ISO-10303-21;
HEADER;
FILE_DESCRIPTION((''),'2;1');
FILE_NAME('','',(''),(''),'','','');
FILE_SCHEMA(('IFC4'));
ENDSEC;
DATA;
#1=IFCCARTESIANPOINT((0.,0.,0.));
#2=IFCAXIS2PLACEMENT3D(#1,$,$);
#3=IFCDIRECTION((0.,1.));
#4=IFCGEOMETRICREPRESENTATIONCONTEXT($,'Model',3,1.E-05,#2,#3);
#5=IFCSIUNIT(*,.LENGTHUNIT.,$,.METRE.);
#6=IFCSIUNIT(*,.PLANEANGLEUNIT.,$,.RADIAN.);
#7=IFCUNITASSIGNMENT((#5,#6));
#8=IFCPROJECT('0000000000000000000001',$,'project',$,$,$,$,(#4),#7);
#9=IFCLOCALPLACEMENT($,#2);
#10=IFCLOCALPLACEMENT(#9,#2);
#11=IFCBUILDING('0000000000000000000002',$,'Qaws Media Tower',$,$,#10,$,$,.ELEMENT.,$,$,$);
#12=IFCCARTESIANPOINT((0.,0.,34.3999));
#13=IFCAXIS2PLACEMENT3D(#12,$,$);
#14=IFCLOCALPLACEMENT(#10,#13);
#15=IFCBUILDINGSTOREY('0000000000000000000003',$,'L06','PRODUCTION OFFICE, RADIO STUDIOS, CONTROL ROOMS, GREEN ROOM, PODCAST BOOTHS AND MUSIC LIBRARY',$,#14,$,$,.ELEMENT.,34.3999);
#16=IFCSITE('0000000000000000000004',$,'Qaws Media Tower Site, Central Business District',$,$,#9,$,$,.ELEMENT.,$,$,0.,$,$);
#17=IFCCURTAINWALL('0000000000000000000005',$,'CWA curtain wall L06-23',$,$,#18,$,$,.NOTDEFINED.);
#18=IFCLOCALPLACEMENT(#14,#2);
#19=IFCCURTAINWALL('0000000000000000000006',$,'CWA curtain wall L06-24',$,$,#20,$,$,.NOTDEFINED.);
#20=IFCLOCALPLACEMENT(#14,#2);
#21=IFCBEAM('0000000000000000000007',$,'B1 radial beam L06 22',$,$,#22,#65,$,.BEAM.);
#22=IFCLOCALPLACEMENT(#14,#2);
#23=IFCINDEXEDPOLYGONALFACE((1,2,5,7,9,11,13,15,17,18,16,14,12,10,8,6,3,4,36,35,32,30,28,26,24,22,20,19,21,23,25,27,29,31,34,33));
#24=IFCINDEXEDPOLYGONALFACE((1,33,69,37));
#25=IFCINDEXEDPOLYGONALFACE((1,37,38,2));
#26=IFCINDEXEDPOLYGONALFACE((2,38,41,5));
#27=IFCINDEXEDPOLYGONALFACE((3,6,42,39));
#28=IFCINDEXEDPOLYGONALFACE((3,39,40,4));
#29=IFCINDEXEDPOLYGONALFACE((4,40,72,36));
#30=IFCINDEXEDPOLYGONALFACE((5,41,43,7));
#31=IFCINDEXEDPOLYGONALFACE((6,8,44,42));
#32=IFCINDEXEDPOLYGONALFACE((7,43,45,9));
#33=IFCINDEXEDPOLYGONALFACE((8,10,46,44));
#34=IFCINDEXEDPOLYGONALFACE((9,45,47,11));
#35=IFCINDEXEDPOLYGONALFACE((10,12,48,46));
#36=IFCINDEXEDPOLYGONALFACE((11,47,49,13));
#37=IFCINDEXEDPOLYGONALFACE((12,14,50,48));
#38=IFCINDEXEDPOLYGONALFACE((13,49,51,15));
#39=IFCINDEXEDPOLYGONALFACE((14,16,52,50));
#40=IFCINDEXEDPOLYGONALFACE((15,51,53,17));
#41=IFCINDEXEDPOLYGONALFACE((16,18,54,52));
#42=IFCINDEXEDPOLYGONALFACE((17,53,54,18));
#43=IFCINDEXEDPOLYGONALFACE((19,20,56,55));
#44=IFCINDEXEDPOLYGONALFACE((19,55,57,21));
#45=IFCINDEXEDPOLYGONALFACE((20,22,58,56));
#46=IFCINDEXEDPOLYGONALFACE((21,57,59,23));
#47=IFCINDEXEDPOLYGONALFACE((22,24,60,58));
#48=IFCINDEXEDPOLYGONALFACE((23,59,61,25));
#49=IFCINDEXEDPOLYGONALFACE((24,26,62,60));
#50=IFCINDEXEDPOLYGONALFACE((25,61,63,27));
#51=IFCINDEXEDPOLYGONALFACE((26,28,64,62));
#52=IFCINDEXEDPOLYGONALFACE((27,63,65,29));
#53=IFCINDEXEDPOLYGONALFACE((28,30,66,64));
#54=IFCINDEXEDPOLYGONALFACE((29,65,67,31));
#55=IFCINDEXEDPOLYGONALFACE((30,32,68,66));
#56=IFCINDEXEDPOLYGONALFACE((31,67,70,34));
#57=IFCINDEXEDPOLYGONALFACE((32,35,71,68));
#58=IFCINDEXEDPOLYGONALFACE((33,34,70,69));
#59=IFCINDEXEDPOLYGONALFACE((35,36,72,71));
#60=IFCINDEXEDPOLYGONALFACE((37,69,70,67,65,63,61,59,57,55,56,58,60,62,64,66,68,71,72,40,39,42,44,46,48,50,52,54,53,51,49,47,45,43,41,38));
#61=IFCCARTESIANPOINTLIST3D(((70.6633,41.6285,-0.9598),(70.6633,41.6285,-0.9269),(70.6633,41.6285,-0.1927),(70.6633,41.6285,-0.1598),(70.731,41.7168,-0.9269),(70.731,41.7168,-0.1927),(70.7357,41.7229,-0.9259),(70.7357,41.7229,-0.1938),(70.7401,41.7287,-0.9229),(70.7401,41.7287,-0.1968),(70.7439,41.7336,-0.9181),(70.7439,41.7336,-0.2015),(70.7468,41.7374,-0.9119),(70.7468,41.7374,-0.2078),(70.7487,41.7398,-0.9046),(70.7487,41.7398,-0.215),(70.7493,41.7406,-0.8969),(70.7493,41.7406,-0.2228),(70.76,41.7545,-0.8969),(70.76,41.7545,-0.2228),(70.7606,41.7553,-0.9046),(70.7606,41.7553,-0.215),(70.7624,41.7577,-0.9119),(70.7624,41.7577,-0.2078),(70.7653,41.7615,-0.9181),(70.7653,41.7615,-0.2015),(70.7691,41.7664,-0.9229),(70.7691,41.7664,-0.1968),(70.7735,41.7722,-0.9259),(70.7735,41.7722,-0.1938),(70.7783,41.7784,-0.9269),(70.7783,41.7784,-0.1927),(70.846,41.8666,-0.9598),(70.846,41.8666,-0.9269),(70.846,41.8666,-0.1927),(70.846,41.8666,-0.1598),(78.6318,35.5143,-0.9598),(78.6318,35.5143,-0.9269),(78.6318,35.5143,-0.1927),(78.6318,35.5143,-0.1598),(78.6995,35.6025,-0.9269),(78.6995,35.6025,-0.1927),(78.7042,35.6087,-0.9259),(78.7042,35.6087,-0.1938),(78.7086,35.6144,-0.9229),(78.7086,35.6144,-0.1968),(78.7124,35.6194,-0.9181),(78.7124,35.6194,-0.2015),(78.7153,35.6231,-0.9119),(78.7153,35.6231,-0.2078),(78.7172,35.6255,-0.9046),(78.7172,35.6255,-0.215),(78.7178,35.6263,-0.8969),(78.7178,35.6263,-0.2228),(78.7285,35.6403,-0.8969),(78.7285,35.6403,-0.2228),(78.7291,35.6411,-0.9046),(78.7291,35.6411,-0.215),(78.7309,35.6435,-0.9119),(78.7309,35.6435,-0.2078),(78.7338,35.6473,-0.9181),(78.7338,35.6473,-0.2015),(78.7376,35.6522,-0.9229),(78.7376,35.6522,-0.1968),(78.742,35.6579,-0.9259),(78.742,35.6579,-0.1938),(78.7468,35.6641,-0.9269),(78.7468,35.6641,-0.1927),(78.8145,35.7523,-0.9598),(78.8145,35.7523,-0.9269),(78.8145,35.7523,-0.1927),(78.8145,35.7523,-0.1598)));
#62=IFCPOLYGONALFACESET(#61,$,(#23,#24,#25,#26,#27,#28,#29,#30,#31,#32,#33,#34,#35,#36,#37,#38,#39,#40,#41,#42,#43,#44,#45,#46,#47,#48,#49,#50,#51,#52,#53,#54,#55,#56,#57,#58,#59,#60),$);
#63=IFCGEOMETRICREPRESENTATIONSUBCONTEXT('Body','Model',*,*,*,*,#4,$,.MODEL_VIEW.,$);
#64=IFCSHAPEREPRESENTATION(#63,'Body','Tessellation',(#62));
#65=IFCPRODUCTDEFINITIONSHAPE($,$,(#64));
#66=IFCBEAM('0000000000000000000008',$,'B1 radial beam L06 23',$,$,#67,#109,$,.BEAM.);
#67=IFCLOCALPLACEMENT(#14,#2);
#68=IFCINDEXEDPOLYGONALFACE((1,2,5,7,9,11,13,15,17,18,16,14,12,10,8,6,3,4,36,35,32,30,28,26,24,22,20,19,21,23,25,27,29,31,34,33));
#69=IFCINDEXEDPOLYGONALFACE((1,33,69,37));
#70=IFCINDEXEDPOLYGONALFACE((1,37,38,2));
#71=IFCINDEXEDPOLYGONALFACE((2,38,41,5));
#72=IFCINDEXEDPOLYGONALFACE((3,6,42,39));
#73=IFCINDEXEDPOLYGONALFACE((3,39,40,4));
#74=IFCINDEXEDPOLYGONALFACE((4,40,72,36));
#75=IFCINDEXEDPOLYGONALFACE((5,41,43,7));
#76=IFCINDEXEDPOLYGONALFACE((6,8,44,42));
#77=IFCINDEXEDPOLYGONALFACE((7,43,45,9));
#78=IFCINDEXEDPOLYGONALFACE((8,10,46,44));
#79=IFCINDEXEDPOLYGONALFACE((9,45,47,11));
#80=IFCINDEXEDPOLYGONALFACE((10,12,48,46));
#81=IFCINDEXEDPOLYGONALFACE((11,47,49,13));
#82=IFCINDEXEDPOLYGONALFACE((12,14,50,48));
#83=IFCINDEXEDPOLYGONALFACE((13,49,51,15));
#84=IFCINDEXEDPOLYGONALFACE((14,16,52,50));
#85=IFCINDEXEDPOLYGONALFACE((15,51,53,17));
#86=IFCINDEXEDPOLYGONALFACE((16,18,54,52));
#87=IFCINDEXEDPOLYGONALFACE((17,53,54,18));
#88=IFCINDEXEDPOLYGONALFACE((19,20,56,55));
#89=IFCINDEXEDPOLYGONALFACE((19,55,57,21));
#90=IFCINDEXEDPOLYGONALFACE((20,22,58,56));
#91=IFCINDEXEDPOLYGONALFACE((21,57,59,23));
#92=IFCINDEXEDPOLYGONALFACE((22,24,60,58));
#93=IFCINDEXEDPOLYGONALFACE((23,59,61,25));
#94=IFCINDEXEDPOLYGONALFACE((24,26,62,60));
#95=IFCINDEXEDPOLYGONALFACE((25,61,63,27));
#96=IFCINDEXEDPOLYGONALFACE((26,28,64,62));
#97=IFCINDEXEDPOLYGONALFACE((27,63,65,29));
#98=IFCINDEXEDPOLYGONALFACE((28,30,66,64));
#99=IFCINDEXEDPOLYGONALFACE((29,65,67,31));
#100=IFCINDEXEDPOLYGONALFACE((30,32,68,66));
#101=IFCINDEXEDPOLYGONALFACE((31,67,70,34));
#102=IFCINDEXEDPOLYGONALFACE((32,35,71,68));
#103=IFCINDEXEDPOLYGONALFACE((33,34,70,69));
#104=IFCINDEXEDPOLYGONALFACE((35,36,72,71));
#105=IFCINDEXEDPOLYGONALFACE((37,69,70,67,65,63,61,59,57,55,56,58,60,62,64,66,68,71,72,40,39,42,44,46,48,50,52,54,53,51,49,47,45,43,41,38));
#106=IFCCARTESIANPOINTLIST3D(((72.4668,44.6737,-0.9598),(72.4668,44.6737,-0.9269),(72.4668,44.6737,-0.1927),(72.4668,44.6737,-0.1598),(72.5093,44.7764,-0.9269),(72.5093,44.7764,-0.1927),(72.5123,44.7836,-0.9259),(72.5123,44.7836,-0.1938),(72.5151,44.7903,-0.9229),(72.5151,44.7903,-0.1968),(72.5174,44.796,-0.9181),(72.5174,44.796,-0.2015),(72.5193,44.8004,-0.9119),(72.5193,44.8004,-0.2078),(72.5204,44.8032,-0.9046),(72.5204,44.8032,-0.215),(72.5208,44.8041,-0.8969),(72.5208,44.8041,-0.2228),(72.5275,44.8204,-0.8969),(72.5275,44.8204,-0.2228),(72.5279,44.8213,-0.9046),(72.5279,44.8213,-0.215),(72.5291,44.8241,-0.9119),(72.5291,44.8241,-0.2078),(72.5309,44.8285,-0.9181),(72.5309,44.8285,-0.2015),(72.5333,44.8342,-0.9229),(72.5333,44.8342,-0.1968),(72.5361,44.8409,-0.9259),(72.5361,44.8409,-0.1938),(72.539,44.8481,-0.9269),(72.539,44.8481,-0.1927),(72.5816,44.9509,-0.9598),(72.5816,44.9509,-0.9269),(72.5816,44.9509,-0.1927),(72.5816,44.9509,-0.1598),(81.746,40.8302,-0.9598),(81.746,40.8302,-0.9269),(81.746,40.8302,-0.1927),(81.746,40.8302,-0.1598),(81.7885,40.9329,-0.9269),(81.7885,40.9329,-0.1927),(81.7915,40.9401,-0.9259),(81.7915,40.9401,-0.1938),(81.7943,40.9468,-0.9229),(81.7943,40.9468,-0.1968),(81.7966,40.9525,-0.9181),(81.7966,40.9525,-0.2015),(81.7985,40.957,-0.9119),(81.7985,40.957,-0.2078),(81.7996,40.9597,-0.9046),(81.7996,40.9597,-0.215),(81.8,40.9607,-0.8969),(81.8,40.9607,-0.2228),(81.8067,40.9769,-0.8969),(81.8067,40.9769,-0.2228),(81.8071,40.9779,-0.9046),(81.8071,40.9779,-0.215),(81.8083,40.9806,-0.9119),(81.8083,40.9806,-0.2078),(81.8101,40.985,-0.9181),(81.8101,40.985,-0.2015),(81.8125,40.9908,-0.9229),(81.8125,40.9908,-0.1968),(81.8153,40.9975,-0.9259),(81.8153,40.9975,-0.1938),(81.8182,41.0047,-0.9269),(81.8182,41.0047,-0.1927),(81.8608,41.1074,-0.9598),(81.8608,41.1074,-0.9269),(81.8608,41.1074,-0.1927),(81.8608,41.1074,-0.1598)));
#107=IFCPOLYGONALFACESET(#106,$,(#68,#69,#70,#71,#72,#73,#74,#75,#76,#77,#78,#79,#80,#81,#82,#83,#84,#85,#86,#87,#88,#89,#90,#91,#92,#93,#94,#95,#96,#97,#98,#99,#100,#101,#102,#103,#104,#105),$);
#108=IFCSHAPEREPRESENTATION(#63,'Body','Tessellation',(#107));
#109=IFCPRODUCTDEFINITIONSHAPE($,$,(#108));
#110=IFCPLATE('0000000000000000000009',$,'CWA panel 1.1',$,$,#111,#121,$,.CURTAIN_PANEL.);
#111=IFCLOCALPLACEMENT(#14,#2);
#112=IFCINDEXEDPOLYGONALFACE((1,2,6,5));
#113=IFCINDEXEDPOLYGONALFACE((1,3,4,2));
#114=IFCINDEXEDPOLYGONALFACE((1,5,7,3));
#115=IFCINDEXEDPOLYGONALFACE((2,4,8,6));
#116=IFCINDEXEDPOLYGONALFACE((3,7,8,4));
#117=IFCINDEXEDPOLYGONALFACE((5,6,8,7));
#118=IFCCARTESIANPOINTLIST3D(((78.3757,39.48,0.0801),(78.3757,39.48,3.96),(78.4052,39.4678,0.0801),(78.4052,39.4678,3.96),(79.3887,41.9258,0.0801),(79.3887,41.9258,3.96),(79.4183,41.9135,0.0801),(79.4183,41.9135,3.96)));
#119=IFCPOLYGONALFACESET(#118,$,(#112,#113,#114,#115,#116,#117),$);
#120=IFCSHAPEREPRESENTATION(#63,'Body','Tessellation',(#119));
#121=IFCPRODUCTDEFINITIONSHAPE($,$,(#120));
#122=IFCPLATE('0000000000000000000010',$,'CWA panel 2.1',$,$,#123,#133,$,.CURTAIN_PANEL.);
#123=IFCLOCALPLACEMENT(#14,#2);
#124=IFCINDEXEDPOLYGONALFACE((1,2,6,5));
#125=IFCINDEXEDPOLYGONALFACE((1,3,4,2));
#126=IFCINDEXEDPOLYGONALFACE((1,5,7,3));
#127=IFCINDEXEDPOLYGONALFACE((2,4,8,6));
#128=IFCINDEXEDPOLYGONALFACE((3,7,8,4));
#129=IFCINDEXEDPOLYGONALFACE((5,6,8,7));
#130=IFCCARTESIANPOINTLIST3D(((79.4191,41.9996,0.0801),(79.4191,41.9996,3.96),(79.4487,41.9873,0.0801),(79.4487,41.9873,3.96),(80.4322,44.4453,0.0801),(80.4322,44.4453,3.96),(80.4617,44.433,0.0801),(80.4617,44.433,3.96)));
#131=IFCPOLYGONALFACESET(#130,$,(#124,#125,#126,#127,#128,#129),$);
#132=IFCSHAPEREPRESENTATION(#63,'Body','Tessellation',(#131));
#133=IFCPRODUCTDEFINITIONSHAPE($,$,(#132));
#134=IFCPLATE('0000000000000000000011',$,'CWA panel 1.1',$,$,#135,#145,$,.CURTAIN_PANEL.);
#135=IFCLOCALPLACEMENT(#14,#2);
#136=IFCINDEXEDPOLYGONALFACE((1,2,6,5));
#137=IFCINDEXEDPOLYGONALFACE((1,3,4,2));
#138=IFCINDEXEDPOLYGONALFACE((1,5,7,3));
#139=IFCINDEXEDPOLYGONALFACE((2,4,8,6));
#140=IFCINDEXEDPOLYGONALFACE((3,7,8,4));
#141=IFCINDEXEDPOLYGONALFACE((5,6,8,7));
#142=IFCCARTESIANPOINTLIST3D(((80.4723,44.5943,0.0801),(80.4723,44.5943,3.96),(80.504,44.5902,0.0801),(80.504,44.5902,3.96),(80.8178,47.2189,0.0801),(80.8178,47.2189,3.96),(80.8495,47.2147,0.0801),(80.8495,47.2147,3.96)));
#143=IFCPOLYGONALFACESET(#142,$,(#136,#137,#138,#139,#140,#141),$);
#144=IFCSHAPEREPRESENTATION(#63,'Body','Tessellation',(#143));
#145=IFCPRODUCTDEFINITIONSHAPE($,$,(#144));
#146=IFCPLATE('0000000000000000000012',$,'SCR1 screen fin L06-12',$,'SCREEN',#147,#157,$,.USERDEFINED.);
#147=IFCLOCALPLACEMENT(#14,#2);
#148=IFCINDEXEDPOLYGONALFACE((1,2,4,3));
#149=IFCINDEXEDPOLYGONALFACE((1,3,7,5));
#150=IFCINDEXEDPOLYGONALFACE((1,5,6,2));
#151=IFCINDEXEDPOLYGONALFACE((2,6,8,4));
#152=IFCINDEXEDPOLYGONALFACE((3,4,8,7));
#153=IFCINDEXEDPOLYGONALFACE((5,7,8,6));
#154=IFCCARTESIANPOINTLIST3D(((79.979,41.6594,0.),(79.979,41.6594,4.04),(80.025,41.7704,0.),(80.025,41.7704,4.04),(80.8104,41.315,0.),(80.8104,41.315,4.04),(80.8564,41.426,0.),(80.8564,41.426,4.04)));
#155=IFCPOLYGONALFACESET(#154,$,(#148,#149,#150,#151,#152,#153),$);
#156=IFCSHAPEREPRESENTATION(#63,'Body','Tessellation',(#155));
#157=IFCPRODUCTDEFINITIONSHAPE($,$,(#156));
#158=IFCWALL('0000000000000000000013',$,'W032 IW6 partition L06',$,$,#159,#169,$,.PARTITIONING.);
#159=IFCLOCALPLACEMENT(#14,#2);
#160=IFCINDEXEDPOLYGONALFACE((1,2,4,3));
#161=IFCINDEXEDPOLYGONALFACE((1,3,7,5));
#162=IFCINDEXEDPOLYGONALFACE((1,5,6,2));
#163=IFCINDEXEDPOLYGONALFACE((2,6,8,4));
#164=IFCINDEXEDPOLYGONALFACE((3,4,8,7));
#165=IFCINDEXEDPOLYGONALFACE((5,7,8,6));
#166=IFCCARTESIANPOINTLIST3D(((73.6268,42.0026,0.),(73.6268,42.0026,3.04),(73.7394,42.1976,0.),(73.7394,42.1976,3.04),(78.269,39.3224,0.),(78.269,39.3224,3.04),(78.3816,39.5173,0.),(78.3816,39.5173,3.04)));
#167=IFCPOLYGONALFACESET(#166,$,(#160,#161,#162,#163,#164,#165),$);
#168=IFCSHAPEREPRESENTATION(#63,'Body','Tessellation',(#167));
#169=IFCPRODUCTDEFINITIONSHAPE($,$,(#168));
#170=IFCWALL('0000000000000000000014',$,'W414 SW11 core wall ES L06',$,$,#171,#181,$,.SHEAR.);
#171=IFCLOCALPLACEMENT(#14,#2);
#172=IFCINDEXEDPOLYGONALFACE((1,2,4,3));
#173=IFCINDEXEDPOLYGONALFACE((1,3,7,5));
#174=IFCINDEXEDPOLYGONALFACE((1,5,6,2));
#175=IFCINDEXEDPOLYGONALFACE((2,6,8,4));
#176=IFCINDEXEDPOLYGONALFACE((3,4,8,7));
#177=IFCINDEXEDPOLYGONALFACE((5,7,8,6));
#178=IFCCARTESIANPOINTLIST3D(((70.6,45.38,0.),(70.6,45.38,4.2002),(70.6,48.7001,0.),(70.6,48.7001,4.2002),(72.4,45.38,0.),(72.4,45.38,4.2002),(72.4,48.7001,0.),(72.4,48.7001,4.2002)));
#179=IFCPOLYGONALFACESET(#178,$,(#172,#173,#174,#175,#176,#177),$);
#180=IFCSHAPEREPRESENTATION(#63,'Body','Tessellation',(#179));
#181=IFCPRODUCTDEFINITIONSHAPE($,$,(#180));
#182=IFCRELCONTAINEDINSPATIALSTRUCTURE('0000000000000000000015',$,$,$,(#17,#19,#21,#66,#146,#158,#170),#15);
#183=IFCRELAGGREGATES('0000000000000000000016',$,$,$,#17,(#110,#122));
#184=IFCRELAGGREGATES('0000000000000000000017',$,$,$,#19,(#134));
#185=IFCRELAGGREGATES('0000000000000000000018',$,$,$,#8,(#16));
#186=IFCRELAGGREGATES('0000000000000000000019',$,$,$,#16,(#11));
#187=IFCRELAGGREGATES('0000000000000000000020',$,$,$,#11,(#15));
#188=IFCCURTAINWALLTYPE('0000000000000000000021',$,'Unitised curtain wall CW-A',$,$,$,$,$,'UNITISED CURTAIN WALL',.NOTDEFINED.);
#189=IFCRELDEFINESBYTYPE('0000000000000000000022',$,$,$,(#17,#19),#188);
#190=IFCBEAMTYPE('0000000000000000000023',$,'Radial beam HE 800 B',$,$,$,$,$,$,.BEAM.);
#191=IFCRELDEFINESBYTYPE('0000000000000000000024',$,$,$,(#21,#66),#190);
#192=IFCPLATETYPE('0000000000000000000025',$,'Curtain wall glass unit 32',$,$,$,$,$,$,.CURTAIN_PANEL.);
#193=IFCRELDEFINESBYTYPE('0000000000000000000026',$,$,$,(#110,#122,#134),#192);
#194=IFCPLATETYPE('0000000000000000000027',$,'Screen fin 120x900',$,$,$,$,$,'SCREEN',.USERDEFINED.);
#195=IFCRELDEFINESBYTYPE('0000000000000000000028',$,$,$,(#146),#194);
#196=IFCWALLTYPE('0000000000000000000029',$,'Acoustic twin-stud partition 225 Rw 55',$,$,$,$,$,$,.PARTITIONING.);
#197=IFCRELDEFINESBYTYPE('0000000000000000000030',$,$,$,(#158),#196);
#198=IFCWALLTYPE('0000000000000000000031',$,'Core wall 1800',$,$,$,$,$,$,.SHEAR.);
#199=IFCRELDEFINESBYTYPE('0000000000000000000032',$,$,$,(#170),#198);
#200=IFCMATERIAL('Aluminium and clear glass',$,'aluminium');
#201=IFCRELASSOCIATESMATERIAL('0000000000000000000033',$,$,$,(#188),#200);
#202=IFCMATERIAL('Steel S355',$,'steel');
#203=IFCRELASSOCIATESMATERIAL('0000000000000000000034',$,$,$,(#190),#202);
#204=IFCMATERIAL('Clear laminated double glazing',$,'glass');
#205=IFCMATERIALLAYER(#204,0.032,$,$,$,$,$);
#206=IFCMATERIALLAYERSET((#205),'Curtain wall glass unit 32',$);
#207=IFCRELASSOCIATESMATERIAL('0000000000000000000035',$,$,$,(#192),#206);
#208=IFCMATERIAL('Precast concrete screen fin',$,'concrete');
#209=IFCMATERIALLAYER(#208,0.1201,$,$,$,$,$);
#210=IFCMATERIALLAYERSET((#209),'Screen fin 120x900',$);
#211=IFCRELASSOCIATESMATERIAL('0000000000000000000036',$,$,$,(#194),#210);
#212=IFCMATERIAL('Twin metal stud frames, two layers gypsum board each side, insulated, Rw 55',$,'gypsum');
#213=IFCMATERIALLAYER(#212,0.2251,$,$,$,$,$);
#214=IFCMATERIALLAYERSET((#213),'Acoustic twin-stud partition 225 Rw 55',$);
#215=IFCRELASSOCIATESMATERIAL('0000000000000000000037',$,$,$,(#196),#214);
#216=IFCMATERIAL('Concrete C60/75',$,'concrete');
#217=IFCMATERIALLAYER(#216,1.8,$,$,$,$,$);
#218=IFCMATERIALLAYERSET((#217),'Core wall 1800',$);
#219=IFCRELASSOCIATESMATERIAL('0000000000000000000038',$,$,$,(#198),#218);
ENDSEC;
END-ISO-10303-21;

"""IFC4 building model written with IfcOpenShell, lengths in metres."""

from ifc_helpers import new_model, si_unit, direction, frame, frame_2d, origin, origin_2d, place, context, subcontext, project, spatial, rectangle, i_section, extrude, material, layer, layer_set, material_profile, profile_set, type_object, element, aggregate, save


model = new_model("IFC4")

# Units and contexts
model_context = context("Model", 3, precision=1e-05, world=origin(), true_north=direction((0.0, 1.0)))
body_context = subcontext(model_context, "Body", "Model", "MODEL_VIEW")
ifc_project = project(units=[si_unit("LENGTHUNIT", "METRE"), si_unit("PLANEANGLEUNIT", "RADIAN")], contexts=[model_context])

# Site, building, storey
site_placement = place(None, origin())
site = spatial("IfcSite", under=ifc_project, at=site_placement, Name="Qaws Media Tower Site, Central Business District", CompositionType="ELEMENT", RefElevation=0.0)
building_placement = place(site_placement, origin())
building = spatial("IfcBuilding", under=site, at=building_placement, Name="Qaws Media Tower", CompositionType="ELEMENT")
storey_placement = place(building_placement, frame((0.0, 0.0, 34.3999)))
storey = spatial("IfcBuildingStorey", under=building, at=storey_placement, Name="L06", Description="PRODUCTION OFFICE, RADIO STUDIOS, CONTROL ROOMS, GREEN ROOM, PODCAST BOOTHS AND MUSIC LIBRARY", CompositionType="ELEMENT", Elevation=34.3999)

# Curtain walls
ifc_material_1 = material(Name="Aluminium and clear glass", Category="aluminium")
curtain_wall_type = type_object("IfcCurtainWallType", Name="Unitised curtain wall CW-A", ElementType="UNITISED CURTAIN WALL", PredefinedType="NOTDEFINED", material=ifc_material_1)
curtain_wall_1_placement = place(storey_placement, origin())
curtain_wall_1 = element("IfcCurtainWall", 1, at=curtain_wall_1_placement, inside=storey, type_object=curtain_wall_type, Name="CWA curtain wall L06-23", PredefinedType="NOTDEFINED")
curtain_wall_2_placement = place(storey_placement, origin())
curtain_wall_2 = element("IfcCurtainWall", 2, at=curtain_wall_2_placement, inside=storey, type_object=curtain_wall_type, Name="CWA curtain wall L06-24", PredefinedType="NOTDEFINED")

# Beams
ifc_material_2 = material(Name="Steel S355", Category="steel")
ifc_material_profile_1 = material_profile(ifc_material_2, i_section(OverallWidth=0.3, OverallDepth=0.8, WebThickness=0.0176, FlangeThickness=0.033, FilletRadius=0.03, at=origin_2d()), Name="HE 800 B")
ifc_profile_set_1 = profile_set([ifc_material_profile_1], Name="Steel S355")
beam_type_1 = type_object("IfcBeamType", Name="Radial beam HE 800 B", PredefinedType="BEAM", material=ifc_profile_set_1)
beam_1_placement = place(storey_placement, frame((70.7546, 41.7476, -0.5598), z_axis=(0.793363, -0.608749, 0.0), x_axis=(0.608749, 0.793363, 0.0)))
element("IfcBeam", 3, at=beam_1_placement, inside=storey, type_object=beam_type_1, Name="B1 radial beam L06 22", PredefinedType="BEAM", context=body_context, shape_type="SweptSolid", body=[
    extrude(i_section(OverallWidth=0.3, OverallDepth=0.8, WebThickness=0.0176, FlangeThickness=0.033, FilletRadius=0.03, at=origin_2d()), origin(), (0.0, 0.0, 1.0), 10.0439),
])
beam_2_placement = place(storey_placement, frame((72.5242, 44.8123, -0.5598), z_axis=(0.923883, -0.382675, 0.0), x_axis=(0.382675, 0.923883, 0.0)))
element("IfcBeam", 4, at=beam_2_placement, inside=storey, type_object=beam_type_1, Name="B1 radial beam L06 23", PredefinedType="BEAM", context=body_context, shape_type="SweptSolid", body=[
    extrude(i_section(OverallWidth=0.3, OverallDepth=0.8, WebThickness=0.0176, FlangeThickness=0.033, FilletRadius=0.03, at=origin_2d()), origin(), (0.0, 0.0, 1.0), 10.0437),
])

# Plates
ifc_material_3 = material(Name="Clear laminated double glazing", Category="glass")
ifc_layer_1 = layer(ifc_material_3, 0.032)
ifc_layer_set_1 = layer_set([ifc_layer_1], Name="Curtain wall glass unit 32")
plate_type_1 = type_object("IfcPlateType", Name="Curtain wall glass unit 32", PredefinedType="CURTAIN_PANEL", material=ifc_layer_set_1)
plate_1_placement = place(storey_placement, frame((78.897, 40.6968, 0.0801), z_axis=(0.0, 0.0, 1.0), x_axis=(0.382683, 0.92388, 0.0)))
plate_1 = element("IfcPlate", 5, at=plate_1_placement, type_object=plate_type_1, Name="CWA panel 1.1", PredefinedType="CURTAIN_PANEL", context=body_context, shape_type="SweptSolid", body=[
    extrude(rectangle(XDim=2.6472, YDim=0.032, at=origin_2d()), origin(), (0.0, 0.0, 1.0), 3.8799),
])
plate_2_placement = place(storey_placement, frame((79.9404, 43.2163, 0.0801), z_axis=(0.0, 0.0, 1.0), x_axis=(0.382683, 0.92388, 0.0)))
plate_2 = element("IfcPlate", 6, at=plate_2_placement, type_object=plate_type_1, Name="CWA panel 2.1", PredefinedType="CURTAIN_PANEL", context=body_context, shape_type="SweptSolid", body=[
    extrude(rectangle(XDim=2.6472, YDim=0.032, at=origin_2d()), origin(), (0.0, 0.0, 1.0), 3.8799),
])
aggregate(curtain_wall_1, [plate_1, plate_2])
plate_3_placement = place(storey_placement, frame((80.6609, 45.9045, 0.0801), z_axis=(0.0, 0.0, 1.0), x_axis=(0.130526, 0.991445, 0.0)))
plate_3 = element("IfcPlate", 7, at=plate_3_placement, type_object=plate_type_1, Name="CWA panel 1.1", PredefinedType="CURTAIN_PANEL", context=body_context, shape_type="SweptSolid", body=[
    extrude(rectangle(XDim=2.6472, YDim=0.032, at=origin_2d()), origin(), (0.0, 0.0, 1.0), 3.8799),
])
aggregate(curtain_wall_2, [plate_3])
ifc_material_4 = material(Name="Precast concrete screen fin", Category="concrete")
ifc_layer_2 = layer(ifc_material_4, 0.1201)
ifc_layer_set_2 = layer_set([ifc_layer_2], Name="Screen fin 120x900")
plate_type_2 = type_object("IfcPlateType", Name="Screen fin 120x900", ElementType="SCREEN", PredefinedType="USERDEFINED", material=ifc_layer_set_2)
plate_4_placement = place(storey_placement, frame((80.4177, 41.5427, 0.0), z_axis=(0.0, 0.0, 1.0), x_axis=(0.92388, -0.382683, 0.0)))
element("IfcPlate", 8, at=plate_4_placement, inside=storey, type_object=plate_type_2, Name="SCR1 screen fin L06-12", ObjectType="SCREEN", PredefinedType="USERDEFINED", context=body_context, shape_type="SweptSolid", body=[
    extrude(rectangle(XDim=0.8999, YDim=0.1201, at=origin_2d()), origin(), (0.0, 0.0, 1.0), 4.04),
])

# Walls
ifc_material_5 = material(Name="Twin metal stud frames, two layers gypsum board each side, insulated, Rw 55", Category="gypsum")
ifc_layer_3 = layer(ifc_material_5, 0.2251)
ifc_layer_set_3 = layer_set([ifc_layer_3], Name="Acoustic twin-stud partition 225 Rw 55")
wall_type_1 = type_object("IfcWallType", Name="Acoustic twin-stud partition 225 Rw 55", PredefinedType="PARTITIONING", material=ifc_layer_set_3)
wall_1_placement = place(storey_placement, frame((73.6831, 42.1001, 0.0), z_axis=(0.0, 0.0, 1.0), x_axis=(0.86602, -0.500009, 0.0)))
element("IfcWall", 9, at=wall_1_placement, inside=storey, type_object=wall_type_1, Name="W032 IW6 partition L06", PredefinedType="PARTITIONING", context=body_context, shape_type="SweptSolid", body=[
    extrude(rectangle(XDim=5.3604, YDim=0.2251, at=frame_2d((2.6802, 0.0))), origin(), (0.0, 0.0, 1.0), 3.04),
])
ifc_material_6 = material(Name="Concrete C60/75", Category="concrete")
ifc_layer_4 = layer(ifc_material_6, 1.8)
ifc_layer_set_4 = layer_set([ifc_layer_4], Name="Core wall 1800")
wall_type_2 = type_object("IfcWallType", Name="Core wall 1800", PredefinedType="SHEAR", material=ifc_layer_set_4)
wall_2_placement = place(storey_placement, frame((71.5, 45.3799, 0.0), z_axis=(0.0, 0.0, 1.0), x_axis=(0.0, 1.0, 0.0)))
element("IfcWall", 10, at=wall_2_placement, inside=storey, type_object=wall_type_2, Name="W414 SW11 core wall ES L06", PredefinedType="SHEAR", context=body_context, shape_type="SweptSolid", body=[
    extrude(rectangle(XDim=3.3201, YDim=1.8, at=frame_2d((1.6602, 0.0))), origin(), (0.0, 0.0, 1.0), 4.2002),
])

save(model, "model.ifc")
